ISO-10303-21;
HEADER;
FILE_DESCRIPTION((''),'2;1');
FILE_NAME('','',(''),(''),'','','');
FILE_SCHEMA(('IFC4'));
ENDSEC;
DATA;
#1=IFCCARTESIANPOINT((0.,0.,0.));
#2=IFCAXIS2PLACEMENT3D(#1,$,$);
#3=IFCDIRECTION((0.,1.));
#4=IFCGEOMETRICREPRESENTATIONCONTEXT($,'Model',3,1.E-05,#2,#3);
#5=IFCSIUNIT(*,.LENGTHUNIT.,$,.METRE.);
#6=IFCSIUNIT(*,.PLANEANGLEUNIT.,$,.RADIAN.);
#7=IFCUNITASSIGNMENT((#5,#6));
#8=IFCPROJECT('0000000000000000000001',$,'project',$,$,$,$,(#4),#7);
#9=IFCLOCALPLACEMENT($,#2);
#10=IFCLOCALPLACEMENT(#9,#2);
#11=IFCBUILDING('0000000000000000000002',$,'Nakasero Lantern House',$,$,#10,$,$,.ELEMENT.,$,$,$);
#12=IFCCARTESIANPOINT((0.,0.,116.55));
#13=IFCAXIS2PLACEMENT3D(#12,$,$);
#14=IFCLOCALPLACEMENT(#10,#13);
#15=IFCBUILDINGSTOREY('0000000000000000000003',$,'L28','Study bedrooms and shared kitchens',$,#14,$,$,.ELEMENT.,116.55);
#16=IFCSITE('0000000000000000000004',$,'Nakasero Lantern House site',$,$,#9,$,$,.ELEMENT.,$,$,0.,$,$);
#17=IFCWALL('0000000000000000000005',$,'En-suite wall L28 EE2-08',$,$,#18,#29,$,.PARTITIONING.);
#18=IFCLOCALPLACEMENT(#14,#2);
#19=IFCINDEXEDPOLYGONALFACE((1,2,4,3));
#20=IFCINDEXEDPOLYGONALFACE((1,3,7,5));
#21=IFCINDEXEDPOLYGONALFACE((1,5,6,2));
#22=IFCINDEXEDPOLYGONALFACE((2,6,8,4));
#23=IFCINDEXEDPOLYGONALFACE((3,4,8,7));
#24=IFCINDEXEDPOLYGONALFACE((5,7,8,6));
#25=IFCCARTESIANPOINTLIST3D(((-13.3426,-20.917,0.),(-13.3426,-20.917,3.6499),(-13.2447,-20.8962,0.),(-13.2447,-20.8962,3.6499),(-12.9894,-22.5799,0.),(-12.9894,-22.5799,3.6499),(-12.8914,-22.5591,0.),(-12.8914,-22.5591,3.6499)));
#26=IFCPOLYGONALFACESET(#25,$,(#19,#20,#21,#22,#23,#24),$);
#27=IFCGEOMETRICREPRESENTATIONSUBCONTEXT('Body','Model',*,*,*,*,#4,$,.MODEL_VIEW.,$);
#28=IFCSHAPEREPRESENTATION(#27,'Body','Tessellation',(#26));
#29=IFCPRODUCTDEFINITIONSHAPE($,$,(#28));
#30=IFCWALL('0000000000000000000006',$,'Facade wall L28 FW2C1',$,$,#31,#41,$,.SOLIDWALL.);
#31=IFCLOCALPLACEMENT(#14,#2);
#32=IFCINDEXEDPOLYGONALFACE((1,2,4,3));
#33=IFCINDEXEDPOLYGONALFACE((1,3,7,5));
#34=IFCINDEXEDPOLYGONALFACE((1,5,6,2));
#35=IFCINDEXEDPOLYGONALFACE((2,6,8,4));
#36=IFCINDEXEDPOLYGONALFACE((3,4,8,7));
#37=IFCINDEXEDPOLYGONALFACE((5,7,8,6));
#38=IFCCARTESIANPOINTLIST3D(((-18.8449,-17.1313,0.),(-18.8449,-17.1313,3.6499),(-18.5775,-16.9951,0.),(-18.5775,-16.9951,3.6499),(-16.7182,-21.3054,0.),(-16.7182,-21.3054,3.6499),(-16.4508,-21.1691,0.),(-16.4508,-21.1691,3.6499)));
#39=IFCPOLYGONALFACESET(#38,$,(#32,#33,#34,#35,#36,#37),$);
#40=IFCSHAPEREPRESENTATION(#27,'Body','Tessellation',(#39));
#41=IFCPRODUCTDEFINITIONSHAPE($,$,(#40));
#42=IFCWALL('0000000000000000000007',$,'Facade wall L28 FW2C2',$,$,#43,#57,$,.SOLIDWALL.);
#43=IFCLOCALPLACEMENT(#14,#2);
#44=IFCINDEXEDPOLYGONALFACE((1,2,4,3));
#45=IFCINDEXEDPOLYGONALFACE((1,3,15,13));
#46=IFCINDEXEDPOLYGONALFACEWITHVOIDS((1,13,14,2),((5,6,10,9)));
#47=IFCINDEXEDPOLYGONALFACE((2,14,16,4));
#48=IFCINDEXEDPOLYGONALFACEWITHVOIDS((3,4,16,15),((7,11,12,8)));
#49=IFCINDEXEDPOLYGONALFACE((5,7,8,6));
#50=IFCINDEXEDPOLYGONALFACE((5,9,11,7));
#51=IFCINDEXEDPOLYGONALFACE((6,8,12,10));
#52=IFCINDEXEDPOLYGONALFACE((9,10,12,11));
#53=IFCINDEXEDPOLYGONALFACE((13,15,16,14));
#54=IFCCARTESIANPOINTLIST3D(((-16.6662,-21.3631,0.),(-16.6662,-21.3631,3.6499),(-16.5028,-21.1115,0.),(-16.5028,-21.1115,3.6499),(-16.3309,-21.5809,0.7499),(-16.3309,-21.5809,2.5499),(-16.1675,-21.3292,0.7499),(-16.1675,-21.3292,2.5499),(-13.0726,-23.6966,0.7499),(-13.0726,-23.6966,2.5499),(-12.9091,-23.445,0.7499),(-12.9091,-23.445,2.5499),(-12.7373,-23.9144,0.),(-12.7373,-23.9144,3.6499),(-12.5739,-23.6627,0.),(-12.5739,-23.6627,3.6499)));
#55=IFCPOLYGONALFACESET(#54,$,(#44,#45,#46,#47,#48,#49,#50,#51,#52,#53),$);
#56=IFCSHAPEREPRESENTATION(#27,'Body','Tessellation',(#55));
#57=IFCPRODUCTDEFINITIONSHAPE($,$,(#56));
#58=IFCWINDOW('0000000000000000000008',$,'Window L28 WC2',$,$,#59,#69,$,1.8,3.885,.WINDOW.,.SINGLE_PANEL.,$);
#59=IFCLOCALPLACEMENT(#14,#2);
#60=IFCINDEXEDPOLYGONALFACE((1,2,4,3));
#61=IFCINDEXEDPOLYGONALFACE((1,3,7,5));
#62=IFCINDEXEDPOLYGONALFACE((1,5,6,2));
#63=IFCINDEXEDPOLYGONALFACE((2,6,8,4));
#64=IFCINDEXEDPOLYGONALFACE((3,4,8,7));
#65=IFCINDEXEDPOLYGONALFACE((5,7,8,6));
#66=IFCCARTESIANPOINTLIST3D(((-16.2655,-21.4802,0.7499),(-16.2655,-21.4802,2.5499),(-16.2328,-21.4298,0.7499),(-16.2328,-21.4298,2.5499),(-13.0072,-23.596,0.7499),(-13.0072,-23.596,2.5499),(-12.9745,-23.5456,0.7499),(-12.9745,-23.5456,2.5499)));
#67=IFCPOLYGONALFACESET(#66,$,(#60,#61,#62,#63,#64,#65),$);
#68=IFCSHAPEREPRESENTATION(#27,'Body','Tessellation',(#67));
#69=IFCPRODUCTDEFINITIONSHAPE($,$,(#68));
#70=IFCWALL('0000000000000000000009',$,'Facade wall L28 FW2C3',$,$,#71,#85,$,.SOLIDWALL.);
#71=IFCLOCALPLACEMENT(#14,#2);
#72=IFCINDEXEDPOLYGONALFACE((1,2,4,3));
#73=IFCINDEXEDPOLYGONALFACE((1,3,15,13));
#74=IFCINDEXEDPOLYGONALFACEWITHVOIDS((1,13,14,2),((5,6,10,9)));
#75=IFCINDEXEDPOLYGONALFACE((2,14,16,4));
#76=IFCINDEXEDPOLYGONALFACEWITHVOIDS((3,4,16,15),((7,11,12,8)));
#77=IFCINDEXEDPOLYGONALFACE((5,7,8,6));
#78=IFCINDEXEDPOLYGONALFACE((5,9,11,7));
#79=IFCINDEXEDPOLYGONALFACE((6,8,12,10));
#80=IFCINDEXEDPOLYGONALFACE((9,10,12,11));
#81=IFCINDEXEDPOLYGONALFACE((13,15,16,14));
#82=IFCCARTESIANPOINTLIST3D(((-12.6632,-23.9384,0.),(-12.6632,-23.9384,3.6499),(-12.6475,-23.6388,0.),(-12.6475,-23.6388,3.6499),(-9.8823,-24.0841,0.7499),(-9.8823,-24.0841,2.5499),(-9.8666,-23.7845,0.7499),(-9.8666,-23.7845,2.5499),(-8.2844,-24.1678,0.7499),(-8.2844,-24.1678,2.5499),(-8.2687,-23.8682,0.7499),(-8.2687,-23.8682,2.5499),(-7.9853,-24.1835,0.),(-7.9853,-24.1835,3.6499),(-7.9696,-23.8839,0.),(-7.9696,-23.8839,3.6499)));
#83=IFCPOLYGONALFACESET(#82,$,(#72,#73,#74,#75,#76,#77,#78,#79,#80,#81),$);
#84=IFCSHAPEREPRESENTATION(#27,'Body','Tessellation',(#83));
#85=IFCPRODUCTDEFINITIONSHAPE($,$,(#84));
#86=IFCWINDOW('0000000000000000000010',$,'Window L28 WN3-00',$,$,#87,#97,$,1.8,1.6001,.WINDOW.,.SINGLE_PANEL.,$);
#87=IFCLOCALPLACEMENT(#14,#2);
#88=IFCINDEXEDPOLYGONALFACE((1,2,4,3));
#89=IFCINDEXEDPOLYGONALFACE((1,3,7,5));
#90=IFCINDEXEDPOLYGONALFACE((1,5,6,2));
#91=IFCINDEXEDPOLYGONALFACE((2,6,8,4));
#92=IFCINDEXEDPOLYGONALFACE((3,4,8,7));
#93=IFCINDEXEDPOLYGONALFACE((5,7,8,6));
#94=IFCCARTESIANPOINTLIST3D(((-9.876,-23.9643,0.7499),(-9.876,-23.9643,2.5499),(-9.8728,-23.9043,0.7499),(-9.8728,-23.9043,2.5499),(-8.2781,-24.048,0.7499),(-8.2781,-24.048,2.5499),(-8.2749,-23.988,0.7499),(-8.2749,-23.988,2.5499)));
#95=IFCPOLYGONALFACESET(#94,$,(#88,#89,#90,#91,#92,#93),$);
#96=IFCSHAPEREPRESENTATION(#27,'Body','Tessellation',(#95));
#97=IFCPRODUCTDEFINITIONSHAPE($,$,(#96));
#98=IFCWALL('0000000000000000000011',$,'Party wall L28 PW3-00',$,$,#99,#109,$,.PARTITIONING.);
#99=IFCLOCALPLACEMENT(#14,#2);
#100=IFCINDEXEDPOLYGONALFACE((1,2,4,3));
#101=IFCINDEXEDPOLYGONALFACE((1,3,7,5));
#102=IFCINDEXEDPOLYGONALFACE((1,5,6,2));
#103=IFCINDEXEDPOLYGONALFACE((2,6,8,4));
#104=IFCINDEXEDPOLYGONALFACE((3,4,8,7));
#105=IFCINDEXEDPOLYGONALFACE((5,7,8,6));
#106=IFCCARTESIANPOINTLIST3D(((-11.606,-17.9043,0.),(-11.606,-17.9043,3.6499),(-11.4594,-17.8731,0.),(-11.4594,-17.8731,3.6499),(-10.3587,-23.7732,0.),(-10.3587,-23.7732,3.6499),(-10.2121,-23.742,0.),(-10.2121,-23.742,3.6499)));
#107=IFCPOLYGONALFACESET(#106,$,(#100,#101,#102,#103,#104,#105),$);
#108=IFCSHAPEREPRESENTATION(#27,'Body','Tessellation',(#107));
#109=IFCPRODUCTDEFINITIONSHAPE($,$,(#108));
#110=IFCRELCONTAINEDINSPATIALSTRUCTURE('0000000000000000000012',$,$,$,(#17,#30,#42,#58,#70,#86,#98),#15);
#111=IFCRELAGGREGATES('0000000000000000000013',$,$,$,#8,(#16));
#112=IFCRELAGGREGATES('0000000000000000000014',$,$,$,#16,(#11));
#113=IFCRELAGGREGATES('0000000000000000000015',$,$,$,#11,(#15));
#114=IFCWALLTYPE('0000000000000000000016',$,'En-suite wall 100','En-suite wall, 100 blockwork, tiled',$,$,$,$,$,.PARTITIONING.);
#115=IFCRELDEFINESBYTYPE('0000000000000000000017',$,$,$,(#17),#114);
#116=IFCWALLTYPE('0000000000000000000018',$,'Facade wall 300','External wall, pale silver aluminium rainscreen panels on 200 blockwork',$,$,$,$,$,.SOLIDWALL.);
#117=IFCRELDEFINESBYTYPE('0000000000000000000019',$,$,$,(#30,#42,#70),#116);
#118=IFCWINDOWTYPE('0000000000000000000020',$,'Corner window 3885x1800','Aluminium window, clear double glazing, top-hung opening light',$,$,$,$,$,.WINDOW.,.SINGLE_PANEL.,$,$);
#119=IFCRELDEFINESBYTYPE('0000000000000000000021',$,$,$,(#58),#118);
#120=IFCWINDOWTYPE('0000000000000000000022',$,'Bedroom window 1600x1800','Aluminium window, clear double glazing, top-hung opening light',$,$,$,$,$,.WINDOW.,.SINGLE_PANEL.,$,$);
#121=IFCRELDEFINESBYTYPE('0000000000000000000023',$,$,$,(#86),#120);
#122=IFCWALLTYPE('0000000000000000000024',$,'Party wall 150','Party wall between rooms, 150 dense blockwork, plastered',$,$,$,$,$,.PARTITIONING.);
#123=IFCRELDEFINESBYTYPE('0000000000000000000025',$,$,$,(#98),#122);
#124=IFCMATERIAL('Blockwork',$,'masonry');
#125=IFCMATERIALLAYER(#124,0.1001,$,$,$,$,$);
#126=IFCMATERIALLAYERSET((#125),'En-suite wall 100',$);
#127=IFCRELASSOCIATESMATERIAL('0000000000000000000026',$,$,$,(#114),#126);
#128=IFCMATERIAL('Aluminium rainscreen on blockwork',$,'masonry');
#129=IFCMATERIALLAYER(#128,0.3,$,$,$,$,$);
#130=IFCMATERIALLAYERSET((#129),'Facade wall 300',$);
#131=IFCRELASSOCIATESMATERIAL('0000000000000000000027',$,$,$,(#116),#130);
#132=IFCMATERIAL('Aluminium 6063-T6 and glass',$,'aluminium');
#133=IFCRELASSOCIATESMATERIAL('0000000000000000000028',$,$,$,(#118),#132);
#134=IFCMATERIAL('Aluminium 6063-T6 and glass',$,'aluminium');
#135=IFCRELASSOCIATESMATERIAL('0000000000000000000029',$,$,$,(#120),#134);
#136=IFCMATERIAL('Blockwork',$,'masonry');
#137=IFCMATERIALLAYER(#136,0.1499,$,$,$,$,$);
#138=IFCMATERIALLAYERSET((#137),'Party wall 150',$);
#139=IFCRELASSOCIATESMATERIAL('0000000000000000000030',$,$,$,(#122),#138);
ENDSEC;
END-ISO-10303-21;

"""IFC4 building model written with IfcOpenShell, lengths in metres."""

from ifc_helpers import new_model, si_unit, direction, frame, frame_2d, origin, place, context, subcontext, project, spatial, rectangle, extrude, material, layer, layer_set, type_object, element, fill, save


model = new_model("IFC4")

# Units and contexts
model_context = context("Model", 3, precision=1e-05, world=origin(), true_north=direction((0.0, 1.0)))
body_context = subcontext(model_context, "Body", "Model", "MODEL_VIEW")
ifc_project = project(units=[si_unit("LENGTHUNIT", "METRE"), si_unit("PLANEANGLEUNIT", "RADIAN")], contexts=[model_context])

# Site, building, storey
site_placement = place(None, origin())
site = spatial("IfcSite", under=ifc_project, at=site_placement, Name="Nakasero Lantern House site", CompositionType="ELEMENT", RefElevation=0.0)
building_placement = place(site_placement, origin())
building = spatial("IfcBuilding", under=site, at=building_placement, Name="Nakasero Lantern House", CompositionType="ELEMENT")
storey_placement = place(building_placement, frame((0.0, 0.0, 116.55)))
storey = spatial("IfcBuildingStorey", under=building, at=storey_placement, Name="L28", Description="Study bedrooms and shared kitchens", CompositionType="ELEMENT", Elevation=116.55)

# Walls
ifc_material_1 = material(Name="Blockwork", Category="masonry")
ifc_layer_1 = layer(ifc_material_1, 0.1001)
ifc_layer_set_1 = layer_set([ifc_layer_1], Name="En-suite wall 100")
wall_type_1 = type_object("IfcWallType", Name="En-suite wall 100", Description="En-suite wall, 100 blockwork, tiled", PredefinedType="PARTITIONING", material=ifc_layer_set_1)
wall_1_placement = place(storey_placement, frame((-13.2937, -20.9065, 0.0), z_axis=(0.0, 0.0, 1.0), x_axis=(0.207812, -0.978169, 0.0)))
element("IfcWall", 1, at=wall_1_placement, inside=storey, type_object=wall_type_1, Name="En-suite wall L28 EE2-08", PredefinedType="PARTITIONING", context=body_context, shape_type="SweptSolid", body=[
    extrude(rectangle(XDim=1.7, YDim=0.1001, at=frame_2d((0.8501, 0.0))), origin(), (0.0, 0.0, 1.0), 3.6499),
])
ifc_material_2 = material(Name="Aluminium rainscreen on blockwork", Category="masonry")
ifc_layer_2 = layer(ifc_material_2, 0.3)
ifc_layer_set_2 = layer_set([ifc_layer_2], Name="Facade wall 300")
wall_type_2 = type_object("IfcWallType", Name="Facade wall 300", Description="External wall, pale silver aluminium rainscreen panels on 200 blockwork", PredefinedType="SOLIDWALL", material=ifc_layer_set_2)
wall_2_placement = place(storey_placement, frame((-18.7112, -17.0632, 0.0), z_axis=(0.0, 0.0, 1.0), x_axis=(0.453976, -0.891014, 0.0)))
element("IfcWall", 2, at=wall_2_placement, inside=storey, type_object=wall_type_2, Name="Facade wall L28 FW2C1", PredefinedType="SOLIDWALL", context=body_context, shape_type="SweptSolid", body=[
    extrude(rectangle(XDim=4.6846, YDim=0.3, at=frame_2d((2.3423, 0.0))), origin(), (0.0, 0.0, 1.0), 3.6499),
])

# Walls, openings, windows
wall_3_placement = place(storey_placement, frame((-16.5845, -21.2373, 0.0), z_axis=(0.0, 0.0, 1.0), x_axis=(0.838692, -0.544605, 0.0)))
wall_3 = element("IfcWall", 3, at=wall_3_placement, inside=storey, type_object=wall_type_2, Name="Facade wall L28 FW2C2", PredefinedType="SOLIDWALL", context=body_context, shape_type="SweptSolid", body=[
    extrude(rectangle(XDim=4.6846, YDim=0.3, at=frame_2d((2.3423, 0.0))), origin(), (0.0, 0.0, 1.0), 3.6499),
])
opening_1_placement = place(wall_3_placement, frame((0.3999, 0.0, 0.75)))
opening_1 = element("IfcOpeningElement", 4, at=opening_1_placement, cuts=wall_3, PredefinedType="OPENING", context=body_context, shape_type="SweptSolid", body=[
    extrude(rectangle(XDim=3.885, YDim=1.8, at=frame_2d((1.9424, 0.8999))), frame((0.0, 0.1699, 0.0), z_axis=(0.0, -1.0, 0.0), x_axis=(1.0, 0.0, 0.0)), (0.0, 0.0, 1.0), 0.3401),
])
ifc_material_3 = material(Name="Aluminium 6063-T6 and glass", Category="aluminium")
window_type_1 = type_object("IfcWindowType", Name="Corner window 3885x1800", Description="Aluminium window, clear double glazing, top-hung opening light", PartitioningType="SINGLE_PANEL", PredefinedType="WINDOW", material=ifc_material_3)
window_1_placement = place(opening_1_placement, origin())
window_1 = element("IfcWindow", 5, at=window_1_placement, inside=storey, type_object=window_type_1, Name="Window L28 WC2", OverallHeight=1.8, OverallWidth=3.885, PartitioningType="SINGLE_PANEL", PredefinedType="WINDOW", context=body_context, shape_type="SweptSolid", body=[
    extrude(rectangle(XDim=3.885, YDim=1.8, at=frame_2d((1.9424, 0.8999))), frame((0.0, 0.03, 0.0), z_axis=(0.0, -1.0, 0.0), x_axis=(1.0, 0.0, 0.0)), (0.0, 0.0, 1.0), 0.0601),
])
fill(opening_1, window_1)
wall_4_placement = place(storey_placement, frame((-12.6555, -23.7886, 0.0), z_axis=(0.0, 0.0, 1.0), x_axis=(0.99863, -0.052326, 0.0)))
wall_4 = element("IfcWall", 6, at=wall_4_placement, inside=storey, type_object=wall_type_2, Name="Facade wall L28 FW2C3", PredefinedType="SOLIDWALL", context=body_context, shape_type="SweptSolid", body=[
    extrude(rectangle(XDim=4.6843, YDim=0.3, at=frame_2d((2.3423, 0.0))), origin(), (0.0, 0.0, 1.0), 3.6499),
])
opening_2_placement = place(wall_4_placement, frame((2.7849, 0.0, 0.75)))
opening_2 = element("IfcOpeningElement", 7, at=opening_2_placement, cuts=wall_4, PredefinedType="OPENING", context=body_context, shape_type="SweptSolid", body=[
    extrude(rectangle(XDim=1.6001, YDim=1.8, at=frame_2d((0.8, 0.8999))), frame((0.0, 0.1699, 0.0), z_axis=(0.0, -1.0, 0.0), x_axis=(1.0, 0.0, 0.0)), (0.0, 0.0, 1.0), 0.3401),
])
ifc_material_4 = material(Name="Aluminium 6063-T6 and glass", Category="aluminium")
window_type_2 = type_object("IfcWindowType", Name="Bedroom window 1600x1800", Description="Aluminium window, clear double glazing, top-hung opening light", PartitioningType="SINGLE_PANEL", PredefinedType="WINDOW", material=ifc_material_4)
window_2_placement = place(opening_2_placement, origin())
window_2 = element("IfcWindow", 8, at=window_2_placement, inside=storey, type_object=window_type_2, Name="Window L28 WN3-00", OverallHeight=1.8, OverallWidth=1.6001, PartitioningType="SINGLE_PANEL", PredefinedType="WINDOW", context=body_context, shape_type="SweptSolid", body=[
    extrude(rectangle(XDim=1.6001, YDim=1.8, at=frame_2d((0.8, 0.8999))), frame((0.0, 0.03, 0.0), z_axis=(0.0, -1.0, 0.0), x_axis=(1.0, 0.0, 0.0)), (0.0, 0.0, 1.0), 0.0601),
])
fill(opening_2, window_2)

# Wall
ifc_material_5 = material(Name="Blockwork", Category="masonry")
ifc_layer_3 = layer(ifc_material_5, 0.1499)
ifc_layer_set_3 = layer_set([ifc_layer_3], Name="Party wall 150")
wall_type_3 = type_object("IfcWallType", Name="Party wall 150", Description="Party wall between rooms, 150 dense blockwork, plastered", PredefinedType="PARTITIONING", material=ifc_layer_set_3)
wall_5_placement = place(storey_placement, frame((-11.5327, -17.8887, 0.0), z_axis=(0.0, 0.0, 1.0), x_axis=(0.207886, -0.978153, 0.0)))
element("IfcWall", 9, at=wall_5_placement, inside=storey, type_object=wall_type_3, Name="Party wall L28 PW3-00", PredefinedType="PARTITIONING", context=body_context, shape_type="SweptSolid", body=[
    extrude(rectangle(XDim=6.0, YDim=0.1499, at=frame_2d((3.0, 0.0))), origin(), (0.0, 0.0, 1.0), 3.6499),
])

save(model, "model.ifc")
